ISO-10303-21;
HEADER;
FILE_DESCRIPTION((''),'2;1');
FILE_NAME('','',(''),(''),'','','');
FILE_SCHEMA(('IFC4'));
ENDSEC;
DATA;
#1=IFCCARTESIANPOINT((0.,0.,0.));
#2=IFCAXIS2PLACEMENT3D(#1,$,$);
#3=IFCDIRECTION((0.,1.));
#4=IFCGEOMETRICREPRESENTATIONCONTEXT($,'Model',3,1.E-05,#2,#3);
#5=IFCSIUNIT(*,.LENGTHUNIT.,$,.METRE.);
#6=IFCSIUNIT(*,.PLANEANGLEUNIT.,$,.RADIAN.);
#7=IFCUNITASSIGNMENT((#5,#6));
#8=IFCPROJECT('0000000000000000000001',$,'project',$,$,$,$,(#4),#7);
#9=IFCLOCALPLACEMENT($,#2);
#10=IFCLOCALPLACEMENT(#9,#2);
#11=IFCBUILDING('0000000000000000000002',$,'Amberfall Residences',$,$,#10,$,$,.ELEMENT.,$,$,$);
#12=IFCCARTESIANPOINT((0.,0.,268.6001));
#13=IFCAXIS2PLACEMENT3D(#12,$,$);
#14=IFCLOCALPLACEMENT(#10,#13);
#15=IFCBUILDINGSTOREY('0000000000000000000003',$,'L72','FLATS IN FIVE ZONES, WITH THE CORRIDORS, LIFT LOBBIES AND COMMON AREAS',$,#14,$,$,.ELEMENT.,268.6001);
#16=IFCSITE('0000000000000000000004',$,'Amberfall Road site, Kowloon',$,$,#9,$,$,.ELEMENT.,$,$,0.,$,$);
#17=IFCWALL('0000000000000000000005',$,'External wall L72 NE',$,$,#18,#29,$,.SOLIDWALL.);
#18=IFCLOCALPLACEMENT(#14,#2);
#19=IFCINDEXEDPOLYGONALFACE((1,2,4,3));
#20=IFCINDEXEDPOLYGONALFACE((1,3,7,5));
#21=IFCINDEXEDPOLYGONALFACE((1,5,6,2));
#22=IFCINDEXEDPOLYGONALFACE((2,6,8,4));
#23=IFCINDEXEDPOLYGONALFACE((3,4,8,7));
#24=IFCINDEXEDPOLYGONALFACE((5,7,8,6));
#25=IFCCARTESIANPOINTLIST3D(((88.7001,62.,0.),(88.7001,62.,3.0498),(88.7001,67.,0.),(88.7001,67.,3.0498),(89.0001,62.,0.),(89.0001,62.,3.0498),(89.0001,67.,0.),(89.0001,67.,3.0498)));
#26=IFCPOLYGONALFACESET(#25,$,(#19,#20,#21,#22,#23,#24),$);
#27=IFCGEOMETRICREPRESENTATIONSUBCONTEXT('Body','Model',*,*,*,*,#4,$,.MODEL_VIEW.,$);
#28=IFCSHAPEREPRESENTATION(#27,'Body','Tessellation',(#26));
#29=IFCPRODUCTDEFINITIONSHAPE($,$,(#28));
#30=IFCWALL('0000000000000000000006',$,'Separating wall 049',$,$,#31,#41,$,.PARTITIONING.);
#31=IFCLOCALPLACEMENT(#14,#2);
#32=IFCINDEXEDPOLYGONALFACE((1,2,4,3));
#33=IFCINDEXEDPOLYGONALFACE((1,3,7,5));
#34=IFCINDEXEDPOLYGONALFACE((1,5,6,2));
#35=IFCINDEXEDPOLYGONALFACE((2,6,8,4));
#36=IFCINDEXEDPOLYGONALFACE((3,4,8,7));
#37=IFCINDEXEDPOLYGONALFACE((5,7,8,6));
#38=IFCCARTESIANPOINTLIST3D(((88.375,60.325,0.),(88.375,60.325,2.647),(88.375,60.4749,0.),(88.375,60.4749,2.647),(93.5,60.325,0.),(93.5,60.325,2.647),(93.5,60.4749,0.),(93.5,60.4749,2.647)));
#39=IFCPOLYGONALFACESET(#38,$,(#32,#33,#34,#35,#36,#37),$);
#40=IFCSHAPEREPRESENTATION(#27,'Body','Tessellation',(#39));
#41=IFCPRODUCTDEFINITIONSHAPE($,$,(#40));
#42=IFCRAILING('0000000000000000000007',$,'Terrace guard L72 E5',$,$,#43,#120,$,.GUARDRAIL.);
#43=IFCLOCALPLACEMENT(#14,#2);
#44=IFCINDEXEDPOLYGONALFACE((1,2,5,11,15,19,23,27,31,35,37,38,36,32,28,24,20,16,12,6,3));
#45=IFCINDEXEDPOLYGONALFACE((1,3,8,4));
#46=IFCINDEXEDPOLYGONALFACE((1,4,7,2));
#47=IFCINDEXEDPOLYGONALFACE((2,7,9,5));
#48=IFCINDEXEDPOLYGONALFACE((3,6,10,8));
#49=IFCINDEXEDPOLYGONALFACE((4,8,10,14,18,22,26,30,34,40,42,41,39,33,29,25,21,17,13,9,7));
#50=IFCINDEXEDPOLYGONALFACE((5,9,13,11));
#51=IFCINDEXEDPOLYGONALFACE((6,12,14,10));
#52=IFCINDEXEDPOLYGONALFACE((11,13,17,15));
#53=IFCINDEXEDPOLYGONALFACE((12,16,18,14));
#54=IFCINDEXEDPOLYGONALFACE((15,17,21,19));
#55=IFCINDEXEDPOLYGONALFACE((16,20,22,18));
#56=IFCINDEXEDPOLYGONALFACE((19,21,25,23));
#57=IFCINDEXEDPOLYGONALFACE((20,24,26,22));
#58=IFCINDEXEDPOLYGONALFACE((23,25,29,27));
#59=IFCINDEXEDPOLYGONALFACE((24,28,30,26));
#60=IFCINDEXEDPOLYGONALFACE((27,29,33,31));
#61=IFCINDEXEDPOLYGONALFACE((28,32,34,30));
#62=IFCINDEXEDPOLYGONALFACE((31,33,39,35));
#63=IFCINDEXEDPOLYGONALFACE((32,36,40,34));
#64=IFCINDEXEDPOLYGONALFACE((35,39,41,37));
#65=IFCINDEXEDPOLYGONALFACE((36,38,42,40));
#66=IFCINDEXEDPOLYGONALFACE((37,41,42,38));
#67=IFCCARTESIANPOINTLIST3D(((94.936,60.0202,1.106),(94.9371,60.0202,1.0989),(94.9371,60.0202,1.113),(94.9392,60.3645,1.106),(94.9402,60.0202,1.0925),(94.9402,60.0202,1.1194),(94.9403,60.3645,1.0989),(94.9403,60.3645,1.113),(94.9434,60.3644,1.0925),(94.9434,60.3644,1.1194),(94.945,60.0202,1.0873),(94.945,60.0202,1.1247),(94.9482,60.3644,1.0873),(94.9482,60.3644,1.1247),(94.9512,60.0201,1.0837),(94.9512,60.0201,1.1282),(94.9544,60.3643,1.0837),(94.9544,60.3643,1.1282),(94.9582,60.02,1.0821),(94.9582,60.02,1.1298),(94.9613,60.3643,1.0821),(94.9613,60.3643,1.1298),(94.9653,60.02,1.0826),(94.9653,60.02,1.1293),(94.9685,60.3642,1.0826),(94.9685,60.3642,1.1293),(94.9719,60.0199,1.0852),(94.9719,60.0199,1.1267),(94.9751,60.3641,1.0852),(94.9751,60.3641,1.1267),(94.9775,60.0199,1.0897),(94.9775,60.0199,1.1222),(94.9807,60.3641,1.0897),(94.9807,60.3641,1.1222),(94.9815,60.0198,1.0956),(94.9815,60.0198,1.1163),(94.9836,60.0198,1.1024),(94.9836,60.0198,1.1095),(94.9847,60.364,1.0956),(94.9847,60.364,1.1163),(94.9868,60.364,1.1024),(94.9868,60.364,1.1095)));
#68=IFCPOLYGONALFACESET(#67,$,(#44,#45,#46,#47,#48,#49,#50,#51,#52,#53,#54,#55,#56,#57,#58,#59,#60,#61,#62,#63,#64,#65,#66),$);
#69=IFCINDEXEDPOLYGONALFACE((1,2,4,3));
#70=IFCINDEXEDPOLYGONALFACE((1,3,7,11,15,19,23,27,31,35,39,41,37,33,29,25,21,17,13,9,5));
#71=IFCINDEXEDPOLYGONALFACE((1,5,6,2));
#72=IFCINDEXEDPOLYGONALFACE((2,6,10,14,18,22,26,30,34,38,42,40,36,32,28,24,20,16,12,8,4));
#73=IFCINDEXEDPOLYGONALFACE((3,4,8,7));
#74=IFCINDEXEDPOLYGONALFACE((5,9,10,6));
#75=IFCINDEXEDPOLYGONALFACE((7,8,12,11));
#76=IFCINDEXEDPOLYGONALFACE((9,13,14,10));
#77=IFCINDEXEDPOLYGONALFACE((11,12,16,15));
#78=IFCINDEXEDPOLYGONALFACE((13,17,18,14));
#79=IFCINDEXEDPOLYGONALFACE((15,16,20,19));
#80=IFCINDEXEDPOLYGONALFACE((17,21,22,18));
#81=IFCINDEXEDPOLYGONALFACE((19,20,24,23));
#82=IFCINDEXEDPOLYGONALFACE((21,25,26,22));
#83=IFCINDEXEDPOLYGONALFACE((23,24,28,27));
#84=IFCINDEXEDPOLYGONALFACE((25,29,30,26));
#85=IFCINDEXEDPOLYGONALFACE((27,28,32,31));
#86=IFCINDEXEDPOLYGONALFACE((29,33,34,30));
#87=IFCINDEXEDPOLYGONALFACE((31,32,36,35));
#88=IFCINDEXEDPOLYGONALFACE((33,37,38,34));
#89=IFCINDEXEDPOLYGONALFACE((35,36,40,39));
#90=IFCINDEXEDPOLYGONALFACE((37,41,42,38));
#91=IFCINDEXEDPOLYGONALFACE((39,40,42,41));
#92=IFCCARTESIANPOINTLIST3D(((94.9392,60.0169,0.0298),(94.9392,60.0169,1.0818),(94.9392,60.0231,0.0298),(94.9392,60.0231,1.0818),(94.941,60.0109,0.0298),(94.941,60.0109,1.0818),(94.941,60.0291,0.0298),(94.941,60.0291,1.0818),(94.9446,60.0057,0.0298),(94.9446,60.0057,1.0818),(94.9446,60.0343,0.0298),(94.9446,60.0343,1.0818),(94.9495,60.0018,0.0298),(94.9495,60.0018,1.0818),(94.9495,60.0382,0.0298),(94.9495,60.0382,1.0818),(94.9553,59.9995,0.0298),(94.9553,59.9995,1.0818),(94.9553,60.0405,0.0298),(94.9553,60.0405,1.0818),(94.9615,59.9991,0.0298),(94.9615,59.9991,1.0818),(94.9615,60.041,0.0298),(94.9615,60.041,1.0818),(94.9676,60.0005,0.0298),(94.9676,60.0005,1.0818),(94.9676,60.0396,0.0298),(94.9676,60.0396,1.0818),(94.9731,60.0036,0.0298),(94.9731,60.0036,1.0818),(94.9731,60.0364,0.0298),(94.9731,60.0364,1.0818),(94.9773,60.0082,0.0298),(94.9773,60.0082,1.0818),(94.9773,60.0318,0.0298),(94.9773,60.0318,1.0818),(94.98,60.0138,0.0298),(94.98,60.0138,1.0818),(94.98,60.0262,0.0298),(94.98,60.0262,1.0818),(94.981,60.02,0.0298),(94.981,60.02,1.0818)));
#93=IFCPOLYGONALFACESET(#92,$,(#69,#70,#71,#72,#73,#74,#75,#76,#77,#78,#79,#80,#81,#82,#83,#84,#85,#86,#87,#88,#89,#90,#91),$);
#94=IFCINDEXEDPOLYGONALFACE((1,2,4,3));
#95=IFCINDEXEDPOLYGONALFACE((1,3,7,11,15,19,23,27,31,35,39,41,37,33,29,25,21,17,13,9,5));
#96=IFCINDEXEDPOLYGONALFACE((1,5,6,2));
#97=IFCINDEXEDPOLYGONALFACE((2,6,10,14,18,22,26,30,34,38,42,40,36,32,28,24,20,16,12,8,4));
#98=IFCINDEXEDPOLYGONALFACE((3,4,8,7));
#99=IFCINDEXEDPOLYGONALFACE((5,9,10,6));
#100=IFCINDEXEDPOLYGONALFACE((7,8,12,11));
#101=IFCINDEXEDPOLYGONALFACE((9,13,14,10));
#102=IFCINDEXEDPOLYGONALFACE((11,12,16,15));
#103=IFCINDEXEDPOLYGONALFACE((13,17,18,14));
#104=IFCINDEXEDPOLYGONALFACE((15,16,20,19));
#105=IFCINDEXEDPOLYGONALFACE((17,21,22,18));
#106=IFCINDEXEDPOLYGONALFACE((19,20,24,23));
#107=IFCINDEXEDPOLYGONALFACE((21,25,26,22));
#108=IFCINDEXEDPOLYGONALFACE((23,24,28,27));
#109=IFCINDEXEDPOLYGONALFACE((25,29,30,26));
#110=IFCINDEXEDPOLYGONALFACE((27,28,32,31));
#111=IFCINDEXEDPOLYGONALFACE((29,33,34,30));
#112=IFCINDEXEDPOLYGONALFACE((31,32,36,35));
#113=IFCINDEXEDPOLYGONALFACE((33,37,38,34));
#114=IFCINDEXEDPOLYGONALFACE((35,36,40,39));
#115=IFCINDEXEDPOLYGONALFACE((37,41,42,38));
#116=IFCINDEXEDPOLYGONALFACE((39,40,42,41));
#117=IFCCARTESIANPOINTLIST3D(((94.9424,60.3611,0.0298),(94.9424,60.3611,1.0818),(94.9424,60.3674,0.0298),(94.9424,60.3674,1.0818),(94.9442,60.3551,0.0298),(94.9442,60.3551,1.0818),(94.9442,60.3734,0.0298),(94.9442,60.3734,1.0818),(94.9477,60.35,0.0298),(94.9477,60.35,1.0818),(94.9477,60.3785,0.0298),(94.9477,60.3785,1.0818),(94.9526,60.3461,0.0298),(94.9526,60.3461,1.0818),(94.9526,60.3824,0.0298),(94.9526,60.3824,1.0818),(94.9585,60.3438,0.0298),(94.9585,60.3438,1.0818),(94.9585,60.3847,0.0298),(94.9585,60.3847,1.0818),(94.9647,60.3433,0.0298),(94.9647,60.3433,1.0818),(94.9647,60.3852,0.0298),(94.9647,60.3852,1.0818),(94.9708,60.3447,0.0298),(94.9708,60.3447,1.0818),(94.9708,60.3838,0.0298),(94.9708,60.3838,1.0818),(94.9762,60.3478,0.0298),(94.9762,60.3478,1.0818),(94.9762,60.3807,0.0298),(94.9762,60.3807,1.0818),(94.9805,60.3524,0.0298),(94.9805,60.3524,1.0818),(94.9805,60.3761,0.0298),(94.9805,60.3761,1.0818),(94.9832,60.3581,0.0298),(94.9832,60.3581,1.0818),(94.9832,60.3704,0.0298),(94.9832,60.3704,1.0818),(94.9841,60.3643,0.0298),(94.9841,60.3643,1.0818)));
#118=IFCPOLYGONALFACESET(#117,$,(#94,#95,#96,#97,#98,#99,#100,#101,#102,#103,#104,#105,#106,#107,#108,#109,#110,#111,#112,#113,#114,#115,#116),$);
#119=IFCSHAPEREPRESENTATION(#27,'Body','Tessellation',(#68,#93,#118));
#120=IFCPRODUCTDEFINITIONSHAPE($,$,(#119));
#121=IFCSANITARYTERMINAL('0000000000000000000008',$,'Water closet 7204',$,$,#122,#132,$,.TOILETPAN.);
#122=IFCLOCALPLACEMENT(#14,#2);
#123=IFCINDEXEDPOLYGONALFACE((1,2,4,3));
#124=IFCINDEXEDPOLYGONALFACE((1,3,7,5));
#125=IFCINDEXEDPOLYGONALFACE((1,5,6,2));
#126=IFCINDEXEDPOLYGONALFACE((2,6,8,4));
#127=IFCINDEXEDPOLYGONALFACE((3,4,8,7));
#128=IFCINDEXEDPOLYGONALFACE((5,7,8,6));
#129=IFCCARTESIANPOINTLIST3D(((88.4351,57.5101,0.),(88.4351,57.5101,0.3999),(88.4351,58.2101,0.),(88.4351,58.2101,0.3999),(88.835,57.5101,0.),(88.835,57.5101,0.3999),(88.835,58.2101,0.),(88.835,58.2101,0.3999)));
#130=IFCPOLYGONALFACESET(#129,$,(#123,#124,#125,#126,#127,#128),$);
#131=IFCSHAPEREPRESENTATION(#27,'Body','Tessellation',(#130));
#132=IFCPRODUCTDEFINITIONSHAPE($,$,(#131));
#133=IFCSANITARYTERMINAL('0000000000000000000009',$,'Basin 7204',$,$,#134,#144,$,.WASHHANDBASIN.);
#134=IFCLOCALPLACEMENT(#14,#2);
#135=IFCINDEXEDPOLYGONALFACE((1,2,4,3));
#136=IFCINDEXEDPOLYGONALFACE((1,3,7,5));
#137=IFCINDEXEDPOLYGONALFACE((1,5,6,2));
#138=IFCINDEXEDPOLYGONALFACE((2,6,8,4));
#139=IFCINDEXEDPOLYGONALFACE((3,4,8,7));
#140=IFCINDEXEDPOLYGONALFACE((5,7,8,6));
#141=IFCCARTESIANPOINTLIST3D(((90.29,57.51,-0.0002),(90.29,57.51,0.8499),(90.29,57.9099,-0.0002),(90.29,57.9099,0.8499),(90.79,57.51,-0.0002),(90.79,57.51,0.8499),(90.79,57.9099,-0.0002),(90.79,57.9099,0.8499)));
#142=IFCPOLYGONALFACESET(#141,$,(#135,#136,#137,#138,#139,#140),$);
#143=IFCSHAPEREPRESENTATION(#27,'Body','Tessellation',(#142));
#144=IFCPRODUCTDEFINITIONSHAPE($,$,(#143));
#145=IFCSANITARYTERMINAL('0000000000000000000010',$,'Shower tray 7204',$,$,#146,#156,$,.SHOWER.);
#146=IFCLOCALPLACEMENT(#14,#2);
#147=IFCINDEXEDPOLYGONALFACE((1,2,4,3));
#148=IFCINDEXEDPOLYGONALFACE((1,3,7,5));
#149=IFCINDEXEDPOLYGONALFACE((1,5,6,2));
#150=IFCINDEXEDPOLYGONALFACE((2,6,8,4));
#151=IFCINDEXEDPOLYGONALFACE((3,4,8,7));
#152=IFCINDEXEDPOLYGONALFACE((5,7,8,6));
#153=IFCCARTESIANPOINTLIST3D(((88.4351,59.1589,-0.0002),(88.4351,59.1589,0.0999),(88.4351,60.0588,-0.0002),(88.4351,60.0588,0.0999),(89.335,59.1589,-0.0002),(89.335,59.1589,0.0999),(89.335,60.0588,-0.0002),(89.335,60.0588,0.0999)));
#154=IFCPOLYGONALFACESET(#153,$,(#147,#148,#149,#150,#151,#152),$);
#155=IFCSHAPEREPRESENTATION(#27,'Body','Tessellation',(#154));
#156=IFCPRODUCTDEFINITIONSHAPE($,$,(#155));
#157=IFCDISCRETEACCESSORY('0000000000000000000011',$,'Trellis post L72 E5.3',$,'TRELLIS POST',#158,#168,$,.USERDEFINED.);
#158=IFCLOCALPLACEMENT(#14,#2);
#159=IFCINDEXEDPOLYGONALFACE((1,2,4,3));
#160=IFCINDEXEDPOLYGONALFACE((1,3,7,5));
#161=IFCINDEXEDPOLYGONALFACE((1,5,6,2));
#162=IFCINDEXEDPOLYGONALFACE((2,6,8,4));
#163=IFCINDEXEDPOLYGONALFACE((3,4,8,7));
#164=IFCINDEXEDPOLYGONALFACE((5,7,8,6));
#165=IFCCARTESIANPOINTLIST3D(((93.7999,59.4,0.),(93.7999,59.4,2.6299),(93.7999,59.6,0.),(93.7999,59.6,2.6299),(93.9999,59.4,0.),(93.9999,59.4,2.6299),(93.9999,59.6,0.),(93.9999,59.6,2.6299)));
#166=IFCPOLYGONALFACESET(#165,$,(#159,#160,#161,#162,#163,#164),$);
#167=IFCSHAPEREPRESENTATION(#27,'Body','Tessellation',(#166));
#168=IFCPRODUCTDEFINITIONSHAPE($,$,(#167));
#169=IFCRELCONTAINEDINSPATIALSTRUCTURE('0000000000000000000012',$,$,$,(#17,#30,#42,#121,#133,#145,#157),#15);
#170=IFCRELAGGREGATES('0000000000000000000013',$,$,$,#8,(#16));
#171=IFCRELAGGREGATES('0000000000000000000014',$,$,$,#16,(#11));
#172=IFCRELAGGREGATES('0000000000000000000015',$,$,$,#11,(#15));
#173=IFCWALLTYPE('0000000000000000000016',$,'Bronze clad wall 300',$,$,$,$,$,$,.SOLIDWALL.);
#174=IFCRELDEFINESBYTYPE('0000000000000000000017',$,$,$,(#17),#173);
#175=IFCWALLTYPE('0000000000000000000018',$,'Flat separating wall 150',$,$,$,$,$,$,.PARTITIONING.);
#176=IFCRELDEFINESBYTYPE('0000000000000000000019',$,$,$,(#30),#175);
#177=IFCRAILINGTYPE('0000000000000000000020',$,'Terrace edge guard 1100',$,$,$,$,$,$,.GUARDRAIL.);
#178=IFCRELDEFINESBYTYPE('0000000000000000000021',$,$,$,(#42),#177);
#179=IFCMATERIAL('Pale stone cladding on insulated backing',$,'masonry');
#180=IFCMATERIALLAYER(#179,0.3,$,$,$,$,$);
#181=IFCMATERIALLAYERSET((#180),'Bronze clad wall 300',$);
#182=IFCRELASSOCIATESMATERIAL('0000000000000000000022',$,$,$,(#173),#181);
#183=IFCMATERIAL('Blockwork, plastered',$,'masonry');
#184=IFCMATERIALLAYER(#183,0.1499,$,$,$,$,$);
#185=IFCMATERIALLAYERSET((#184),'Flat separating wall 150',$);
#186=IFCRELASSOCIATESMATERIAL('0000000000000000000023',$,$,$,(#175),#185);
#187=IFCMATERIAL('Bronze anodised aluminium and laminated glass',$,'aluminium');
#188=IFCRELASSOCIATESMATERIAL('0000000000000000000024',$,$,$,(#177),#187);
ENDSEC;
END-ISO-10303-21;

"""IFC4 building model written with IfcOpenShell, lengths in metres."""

from ifc_helpers import new_model, si_unit, direction, frame, frame_2d, origin, origin_2d, place, context, subcontext, project, spatial, rectangle, circle, extrude, material, layer, layer_set, type_object, element, save


model = new_model("IFC4")

# Units and contexts
model_context = context("Model", 3, precision=1e-05, world=origin(), true_north=direction((0.0, 1.0)))
body_context = subcontext(model_context, "Body", "Model", "MODEL_VIEW")
ifc_project = project(units=[si_unit("LENGTHUNIT", "METRE"), si_unit("PLANEANGLEUNIT", "RADIAN")], contexts=[model_context])

# Site, building, storey
site_placement = place(None, origin())
site = spatial("IfcSite", under=ifc_project, at=site_placement, Name="Amberfall Road site, Kowloon", CompositionType="ELEMENT", RefElevation=0.0)
building_placement = place(site_placement, origin())
building = spatial("IfcBuilding", under=site, at=building_placement, Name="Amberfall Residences", CompositionType="ELEMENT")
storey_placement = place(building_placement, frame((0.0, 0.0, 268.6001)))
storey = spatial("IfcBuildingStorey", under=building, at=storey_placement, Name="L72", Description="FLATS IN FIVE ZONES, WITH THE CORRIDORS, LIFT LOBBIES AND COMMON AREAS", CompositionType="ELEMENT", Elevation=268.6001)

# Shared definitions
ifc_material_1 = material(Name="Pale stone cladding on insulated backing", Category="masonry")
ifc_layer_1 = layer(ifc_material_1, 0.3)
ifc_layer_set_1 = layer_set([ifc_layer_1], Name="Bronze clad wall 300")
wall_type_1 = type_object("IfcWallType", Name="Bronze clad wall 300", PredefinedType="SOLIDWALL", material=ifc_layer_set_1)

# Walls
wall_1_placement = place(storey_placement, frame((88.8501, 62.0, 0.0), z_axis=(0.0, 0.0, 1.0), x_axis=(0.0, 1.0, 0.0)))
element("IfcWall", 1, at=wall_1_placement, inside=storey, type_object=wall_type_1, Name="External wall L72 NE", PredefinedType="SOLIDWALL", context=body_context, shape_type="SweptSolid", body=[
    extrude(rectangle(XDim=5.0, YDim=0.3, at=frame_2d((2.5, 0.0))), origin(), (0.0, 0.0, 1.0), 3.0498),
])
ifc_material_2 = material(Name="Blockwork, plastered", Category="masonry")
ifc_layer_2 = layer(ifc_material_2, 0.1499)
ifc_layer_set_2 = layer_set([ifc_layer_2], Name="Flat separating wall 150")
wall_type_2 = type_object("IfcWallType", Name="Flat separating wall 150", PredefinedType="PARTITIONING", material=ifc_layer_set_2)
wall_2_placement = place(storey_placement, frame((88.375, 60.3999, 0.0), z_axis=(0.0, 0.0, 1.0), x_axis=(1.0, 0.0, 0.0)))
element("IfcWall", 2, at=wall_2_placement, inside=storey, type_object=wall_type_2, Name="Separating wall 049", PredefinedType="PARTITIONING", context=body_context, shape_type="SweptSolid", body=[
    extrude(rectangle(XDim=5.125, YDim=0.1499, at=frame_2d((2.5625, 0.0))), origin(), (0.0, 0.0, 1.0), 2.647),
])

# Railing
ifc_material_3 = material(Name="Bronze anodised aluminium and laminated glass", Category="aluminium")
railing_type = type_object("IfcRailingType", Name="Terrace edge guard 1100", PredefinedType="GUARDRAIL", material=ifc_material_3)
railing_placement = place(storey_placement, frame((94.96, 60.02, 0.0298)))
element("IfcRailing", 3, at=railing_placement, inside=storey, type_object=railing_type, Name="Terrace guard L72 E5", PredefinedType="GUARDRAIL", context=body_context, shape_type="SweptSolid", body=[
    extrude(circle(Radius=0.0239, at=origin_2d()), frame((0.0, 0.0, 1.0762), z_axis=(0.009219, 0.999957, 0.0), x_axis=(-0.999957, 0.009219, 0.0)), (0.0, 0.0, 1.0), 0.3442),
    extrude(circle(Radius=0.021, at=origin_2d()), origin(), (0.0, 0.0, 1.0), 1.052),
    extrude(circle(Radius=0.021, at=origin_2d()), frame((0.0032, 0.3442, 0.0)), (0.0, 0.0, 1.0), 1.052),
])

# Sanitary terminals
sanitary_terminal_1_placement = place(storey_placement, frame((88.635, 57.8601, 0.0), z_axis=(0.0, 0.0, 1.0), x_axis=(1.0, 0.0, 0.0)))
element("IfcSanitaryTerminal", 4, at=sanitary_terminal_1_placement, inside=storey, Name="Water closet 7204", PredefinedType="TOILETPAN", context=body_context, shape_type="SweptSolid", body=[
    extrude(rectangle(XDim=0.3999, YDim=0.7, at=origin_2d()), origin(), (0.0, 0.0, 1.0), 0.3999),
])
sanitary_terminal_2_placement = place(storey_placement, frame((90.54, 57.71, -0.0002), z_axis=(0.0, 0.0, 1.0), x_axis=(1.0, 0.0, 0.0)))
element("IfcSanitaryTerminal", 5, at=sanitary_terminal_2_placement, inside=storey, Name="Basin 7204", PredefinedType="WASHHANDBASIN", context=body_context, shape_type="SweptSolid", body=[
    extrude(rectangle(XDim=0.5, YDim=0.3999, at=origin_2d()), origin(), (0.0, 0.0, 1.0), 0.8501),
])
sanitary_terminal_3_placement = place(storey_placement, frame((88.885, 59.6089, -0.0002), z_axis=(0.0, 0.0, 1.0), x_axis=(1.0, 0.0, 0.0)))
element("IfcSanitaryTerminal", 6, at=sanitary_terminal_3_placement, inside=storey, Name="Shower tray 7204", PredefinedType="SHOWER", context=body_context, shape_type="SweptSolid", body=[
    extrude(rectangle(XDim=0.8999, YDim=0.8999, at=origin_2d()), origin(), (0.0, 0.0, 1.0), 0.1001),
])

# Discrete accessory
discrete_accessory_placement = place(storey_placement, frame((93.8999, 59.5, 0.0), z_axis=(0.0, 0.0, 1.0), x_axis=(1.0, 0.0, 0.0)))
element("IfcDiscreteAccessory", 7, at=discrete_accessory_placement, inside=storey, Name="Trellis post L72 E5.3", ObjectType="TRELLIS POST", PredefinedType="USERDEFINED", context=body_context, shape_type="SweptSolid", body=[
    extrude(rectangle(XDim=0.2, YDim=0.2, at=origin_2d()), origin(), (0.0, 0.0, 1.0), 2.6299),
])

save(model, "model.ifc")
